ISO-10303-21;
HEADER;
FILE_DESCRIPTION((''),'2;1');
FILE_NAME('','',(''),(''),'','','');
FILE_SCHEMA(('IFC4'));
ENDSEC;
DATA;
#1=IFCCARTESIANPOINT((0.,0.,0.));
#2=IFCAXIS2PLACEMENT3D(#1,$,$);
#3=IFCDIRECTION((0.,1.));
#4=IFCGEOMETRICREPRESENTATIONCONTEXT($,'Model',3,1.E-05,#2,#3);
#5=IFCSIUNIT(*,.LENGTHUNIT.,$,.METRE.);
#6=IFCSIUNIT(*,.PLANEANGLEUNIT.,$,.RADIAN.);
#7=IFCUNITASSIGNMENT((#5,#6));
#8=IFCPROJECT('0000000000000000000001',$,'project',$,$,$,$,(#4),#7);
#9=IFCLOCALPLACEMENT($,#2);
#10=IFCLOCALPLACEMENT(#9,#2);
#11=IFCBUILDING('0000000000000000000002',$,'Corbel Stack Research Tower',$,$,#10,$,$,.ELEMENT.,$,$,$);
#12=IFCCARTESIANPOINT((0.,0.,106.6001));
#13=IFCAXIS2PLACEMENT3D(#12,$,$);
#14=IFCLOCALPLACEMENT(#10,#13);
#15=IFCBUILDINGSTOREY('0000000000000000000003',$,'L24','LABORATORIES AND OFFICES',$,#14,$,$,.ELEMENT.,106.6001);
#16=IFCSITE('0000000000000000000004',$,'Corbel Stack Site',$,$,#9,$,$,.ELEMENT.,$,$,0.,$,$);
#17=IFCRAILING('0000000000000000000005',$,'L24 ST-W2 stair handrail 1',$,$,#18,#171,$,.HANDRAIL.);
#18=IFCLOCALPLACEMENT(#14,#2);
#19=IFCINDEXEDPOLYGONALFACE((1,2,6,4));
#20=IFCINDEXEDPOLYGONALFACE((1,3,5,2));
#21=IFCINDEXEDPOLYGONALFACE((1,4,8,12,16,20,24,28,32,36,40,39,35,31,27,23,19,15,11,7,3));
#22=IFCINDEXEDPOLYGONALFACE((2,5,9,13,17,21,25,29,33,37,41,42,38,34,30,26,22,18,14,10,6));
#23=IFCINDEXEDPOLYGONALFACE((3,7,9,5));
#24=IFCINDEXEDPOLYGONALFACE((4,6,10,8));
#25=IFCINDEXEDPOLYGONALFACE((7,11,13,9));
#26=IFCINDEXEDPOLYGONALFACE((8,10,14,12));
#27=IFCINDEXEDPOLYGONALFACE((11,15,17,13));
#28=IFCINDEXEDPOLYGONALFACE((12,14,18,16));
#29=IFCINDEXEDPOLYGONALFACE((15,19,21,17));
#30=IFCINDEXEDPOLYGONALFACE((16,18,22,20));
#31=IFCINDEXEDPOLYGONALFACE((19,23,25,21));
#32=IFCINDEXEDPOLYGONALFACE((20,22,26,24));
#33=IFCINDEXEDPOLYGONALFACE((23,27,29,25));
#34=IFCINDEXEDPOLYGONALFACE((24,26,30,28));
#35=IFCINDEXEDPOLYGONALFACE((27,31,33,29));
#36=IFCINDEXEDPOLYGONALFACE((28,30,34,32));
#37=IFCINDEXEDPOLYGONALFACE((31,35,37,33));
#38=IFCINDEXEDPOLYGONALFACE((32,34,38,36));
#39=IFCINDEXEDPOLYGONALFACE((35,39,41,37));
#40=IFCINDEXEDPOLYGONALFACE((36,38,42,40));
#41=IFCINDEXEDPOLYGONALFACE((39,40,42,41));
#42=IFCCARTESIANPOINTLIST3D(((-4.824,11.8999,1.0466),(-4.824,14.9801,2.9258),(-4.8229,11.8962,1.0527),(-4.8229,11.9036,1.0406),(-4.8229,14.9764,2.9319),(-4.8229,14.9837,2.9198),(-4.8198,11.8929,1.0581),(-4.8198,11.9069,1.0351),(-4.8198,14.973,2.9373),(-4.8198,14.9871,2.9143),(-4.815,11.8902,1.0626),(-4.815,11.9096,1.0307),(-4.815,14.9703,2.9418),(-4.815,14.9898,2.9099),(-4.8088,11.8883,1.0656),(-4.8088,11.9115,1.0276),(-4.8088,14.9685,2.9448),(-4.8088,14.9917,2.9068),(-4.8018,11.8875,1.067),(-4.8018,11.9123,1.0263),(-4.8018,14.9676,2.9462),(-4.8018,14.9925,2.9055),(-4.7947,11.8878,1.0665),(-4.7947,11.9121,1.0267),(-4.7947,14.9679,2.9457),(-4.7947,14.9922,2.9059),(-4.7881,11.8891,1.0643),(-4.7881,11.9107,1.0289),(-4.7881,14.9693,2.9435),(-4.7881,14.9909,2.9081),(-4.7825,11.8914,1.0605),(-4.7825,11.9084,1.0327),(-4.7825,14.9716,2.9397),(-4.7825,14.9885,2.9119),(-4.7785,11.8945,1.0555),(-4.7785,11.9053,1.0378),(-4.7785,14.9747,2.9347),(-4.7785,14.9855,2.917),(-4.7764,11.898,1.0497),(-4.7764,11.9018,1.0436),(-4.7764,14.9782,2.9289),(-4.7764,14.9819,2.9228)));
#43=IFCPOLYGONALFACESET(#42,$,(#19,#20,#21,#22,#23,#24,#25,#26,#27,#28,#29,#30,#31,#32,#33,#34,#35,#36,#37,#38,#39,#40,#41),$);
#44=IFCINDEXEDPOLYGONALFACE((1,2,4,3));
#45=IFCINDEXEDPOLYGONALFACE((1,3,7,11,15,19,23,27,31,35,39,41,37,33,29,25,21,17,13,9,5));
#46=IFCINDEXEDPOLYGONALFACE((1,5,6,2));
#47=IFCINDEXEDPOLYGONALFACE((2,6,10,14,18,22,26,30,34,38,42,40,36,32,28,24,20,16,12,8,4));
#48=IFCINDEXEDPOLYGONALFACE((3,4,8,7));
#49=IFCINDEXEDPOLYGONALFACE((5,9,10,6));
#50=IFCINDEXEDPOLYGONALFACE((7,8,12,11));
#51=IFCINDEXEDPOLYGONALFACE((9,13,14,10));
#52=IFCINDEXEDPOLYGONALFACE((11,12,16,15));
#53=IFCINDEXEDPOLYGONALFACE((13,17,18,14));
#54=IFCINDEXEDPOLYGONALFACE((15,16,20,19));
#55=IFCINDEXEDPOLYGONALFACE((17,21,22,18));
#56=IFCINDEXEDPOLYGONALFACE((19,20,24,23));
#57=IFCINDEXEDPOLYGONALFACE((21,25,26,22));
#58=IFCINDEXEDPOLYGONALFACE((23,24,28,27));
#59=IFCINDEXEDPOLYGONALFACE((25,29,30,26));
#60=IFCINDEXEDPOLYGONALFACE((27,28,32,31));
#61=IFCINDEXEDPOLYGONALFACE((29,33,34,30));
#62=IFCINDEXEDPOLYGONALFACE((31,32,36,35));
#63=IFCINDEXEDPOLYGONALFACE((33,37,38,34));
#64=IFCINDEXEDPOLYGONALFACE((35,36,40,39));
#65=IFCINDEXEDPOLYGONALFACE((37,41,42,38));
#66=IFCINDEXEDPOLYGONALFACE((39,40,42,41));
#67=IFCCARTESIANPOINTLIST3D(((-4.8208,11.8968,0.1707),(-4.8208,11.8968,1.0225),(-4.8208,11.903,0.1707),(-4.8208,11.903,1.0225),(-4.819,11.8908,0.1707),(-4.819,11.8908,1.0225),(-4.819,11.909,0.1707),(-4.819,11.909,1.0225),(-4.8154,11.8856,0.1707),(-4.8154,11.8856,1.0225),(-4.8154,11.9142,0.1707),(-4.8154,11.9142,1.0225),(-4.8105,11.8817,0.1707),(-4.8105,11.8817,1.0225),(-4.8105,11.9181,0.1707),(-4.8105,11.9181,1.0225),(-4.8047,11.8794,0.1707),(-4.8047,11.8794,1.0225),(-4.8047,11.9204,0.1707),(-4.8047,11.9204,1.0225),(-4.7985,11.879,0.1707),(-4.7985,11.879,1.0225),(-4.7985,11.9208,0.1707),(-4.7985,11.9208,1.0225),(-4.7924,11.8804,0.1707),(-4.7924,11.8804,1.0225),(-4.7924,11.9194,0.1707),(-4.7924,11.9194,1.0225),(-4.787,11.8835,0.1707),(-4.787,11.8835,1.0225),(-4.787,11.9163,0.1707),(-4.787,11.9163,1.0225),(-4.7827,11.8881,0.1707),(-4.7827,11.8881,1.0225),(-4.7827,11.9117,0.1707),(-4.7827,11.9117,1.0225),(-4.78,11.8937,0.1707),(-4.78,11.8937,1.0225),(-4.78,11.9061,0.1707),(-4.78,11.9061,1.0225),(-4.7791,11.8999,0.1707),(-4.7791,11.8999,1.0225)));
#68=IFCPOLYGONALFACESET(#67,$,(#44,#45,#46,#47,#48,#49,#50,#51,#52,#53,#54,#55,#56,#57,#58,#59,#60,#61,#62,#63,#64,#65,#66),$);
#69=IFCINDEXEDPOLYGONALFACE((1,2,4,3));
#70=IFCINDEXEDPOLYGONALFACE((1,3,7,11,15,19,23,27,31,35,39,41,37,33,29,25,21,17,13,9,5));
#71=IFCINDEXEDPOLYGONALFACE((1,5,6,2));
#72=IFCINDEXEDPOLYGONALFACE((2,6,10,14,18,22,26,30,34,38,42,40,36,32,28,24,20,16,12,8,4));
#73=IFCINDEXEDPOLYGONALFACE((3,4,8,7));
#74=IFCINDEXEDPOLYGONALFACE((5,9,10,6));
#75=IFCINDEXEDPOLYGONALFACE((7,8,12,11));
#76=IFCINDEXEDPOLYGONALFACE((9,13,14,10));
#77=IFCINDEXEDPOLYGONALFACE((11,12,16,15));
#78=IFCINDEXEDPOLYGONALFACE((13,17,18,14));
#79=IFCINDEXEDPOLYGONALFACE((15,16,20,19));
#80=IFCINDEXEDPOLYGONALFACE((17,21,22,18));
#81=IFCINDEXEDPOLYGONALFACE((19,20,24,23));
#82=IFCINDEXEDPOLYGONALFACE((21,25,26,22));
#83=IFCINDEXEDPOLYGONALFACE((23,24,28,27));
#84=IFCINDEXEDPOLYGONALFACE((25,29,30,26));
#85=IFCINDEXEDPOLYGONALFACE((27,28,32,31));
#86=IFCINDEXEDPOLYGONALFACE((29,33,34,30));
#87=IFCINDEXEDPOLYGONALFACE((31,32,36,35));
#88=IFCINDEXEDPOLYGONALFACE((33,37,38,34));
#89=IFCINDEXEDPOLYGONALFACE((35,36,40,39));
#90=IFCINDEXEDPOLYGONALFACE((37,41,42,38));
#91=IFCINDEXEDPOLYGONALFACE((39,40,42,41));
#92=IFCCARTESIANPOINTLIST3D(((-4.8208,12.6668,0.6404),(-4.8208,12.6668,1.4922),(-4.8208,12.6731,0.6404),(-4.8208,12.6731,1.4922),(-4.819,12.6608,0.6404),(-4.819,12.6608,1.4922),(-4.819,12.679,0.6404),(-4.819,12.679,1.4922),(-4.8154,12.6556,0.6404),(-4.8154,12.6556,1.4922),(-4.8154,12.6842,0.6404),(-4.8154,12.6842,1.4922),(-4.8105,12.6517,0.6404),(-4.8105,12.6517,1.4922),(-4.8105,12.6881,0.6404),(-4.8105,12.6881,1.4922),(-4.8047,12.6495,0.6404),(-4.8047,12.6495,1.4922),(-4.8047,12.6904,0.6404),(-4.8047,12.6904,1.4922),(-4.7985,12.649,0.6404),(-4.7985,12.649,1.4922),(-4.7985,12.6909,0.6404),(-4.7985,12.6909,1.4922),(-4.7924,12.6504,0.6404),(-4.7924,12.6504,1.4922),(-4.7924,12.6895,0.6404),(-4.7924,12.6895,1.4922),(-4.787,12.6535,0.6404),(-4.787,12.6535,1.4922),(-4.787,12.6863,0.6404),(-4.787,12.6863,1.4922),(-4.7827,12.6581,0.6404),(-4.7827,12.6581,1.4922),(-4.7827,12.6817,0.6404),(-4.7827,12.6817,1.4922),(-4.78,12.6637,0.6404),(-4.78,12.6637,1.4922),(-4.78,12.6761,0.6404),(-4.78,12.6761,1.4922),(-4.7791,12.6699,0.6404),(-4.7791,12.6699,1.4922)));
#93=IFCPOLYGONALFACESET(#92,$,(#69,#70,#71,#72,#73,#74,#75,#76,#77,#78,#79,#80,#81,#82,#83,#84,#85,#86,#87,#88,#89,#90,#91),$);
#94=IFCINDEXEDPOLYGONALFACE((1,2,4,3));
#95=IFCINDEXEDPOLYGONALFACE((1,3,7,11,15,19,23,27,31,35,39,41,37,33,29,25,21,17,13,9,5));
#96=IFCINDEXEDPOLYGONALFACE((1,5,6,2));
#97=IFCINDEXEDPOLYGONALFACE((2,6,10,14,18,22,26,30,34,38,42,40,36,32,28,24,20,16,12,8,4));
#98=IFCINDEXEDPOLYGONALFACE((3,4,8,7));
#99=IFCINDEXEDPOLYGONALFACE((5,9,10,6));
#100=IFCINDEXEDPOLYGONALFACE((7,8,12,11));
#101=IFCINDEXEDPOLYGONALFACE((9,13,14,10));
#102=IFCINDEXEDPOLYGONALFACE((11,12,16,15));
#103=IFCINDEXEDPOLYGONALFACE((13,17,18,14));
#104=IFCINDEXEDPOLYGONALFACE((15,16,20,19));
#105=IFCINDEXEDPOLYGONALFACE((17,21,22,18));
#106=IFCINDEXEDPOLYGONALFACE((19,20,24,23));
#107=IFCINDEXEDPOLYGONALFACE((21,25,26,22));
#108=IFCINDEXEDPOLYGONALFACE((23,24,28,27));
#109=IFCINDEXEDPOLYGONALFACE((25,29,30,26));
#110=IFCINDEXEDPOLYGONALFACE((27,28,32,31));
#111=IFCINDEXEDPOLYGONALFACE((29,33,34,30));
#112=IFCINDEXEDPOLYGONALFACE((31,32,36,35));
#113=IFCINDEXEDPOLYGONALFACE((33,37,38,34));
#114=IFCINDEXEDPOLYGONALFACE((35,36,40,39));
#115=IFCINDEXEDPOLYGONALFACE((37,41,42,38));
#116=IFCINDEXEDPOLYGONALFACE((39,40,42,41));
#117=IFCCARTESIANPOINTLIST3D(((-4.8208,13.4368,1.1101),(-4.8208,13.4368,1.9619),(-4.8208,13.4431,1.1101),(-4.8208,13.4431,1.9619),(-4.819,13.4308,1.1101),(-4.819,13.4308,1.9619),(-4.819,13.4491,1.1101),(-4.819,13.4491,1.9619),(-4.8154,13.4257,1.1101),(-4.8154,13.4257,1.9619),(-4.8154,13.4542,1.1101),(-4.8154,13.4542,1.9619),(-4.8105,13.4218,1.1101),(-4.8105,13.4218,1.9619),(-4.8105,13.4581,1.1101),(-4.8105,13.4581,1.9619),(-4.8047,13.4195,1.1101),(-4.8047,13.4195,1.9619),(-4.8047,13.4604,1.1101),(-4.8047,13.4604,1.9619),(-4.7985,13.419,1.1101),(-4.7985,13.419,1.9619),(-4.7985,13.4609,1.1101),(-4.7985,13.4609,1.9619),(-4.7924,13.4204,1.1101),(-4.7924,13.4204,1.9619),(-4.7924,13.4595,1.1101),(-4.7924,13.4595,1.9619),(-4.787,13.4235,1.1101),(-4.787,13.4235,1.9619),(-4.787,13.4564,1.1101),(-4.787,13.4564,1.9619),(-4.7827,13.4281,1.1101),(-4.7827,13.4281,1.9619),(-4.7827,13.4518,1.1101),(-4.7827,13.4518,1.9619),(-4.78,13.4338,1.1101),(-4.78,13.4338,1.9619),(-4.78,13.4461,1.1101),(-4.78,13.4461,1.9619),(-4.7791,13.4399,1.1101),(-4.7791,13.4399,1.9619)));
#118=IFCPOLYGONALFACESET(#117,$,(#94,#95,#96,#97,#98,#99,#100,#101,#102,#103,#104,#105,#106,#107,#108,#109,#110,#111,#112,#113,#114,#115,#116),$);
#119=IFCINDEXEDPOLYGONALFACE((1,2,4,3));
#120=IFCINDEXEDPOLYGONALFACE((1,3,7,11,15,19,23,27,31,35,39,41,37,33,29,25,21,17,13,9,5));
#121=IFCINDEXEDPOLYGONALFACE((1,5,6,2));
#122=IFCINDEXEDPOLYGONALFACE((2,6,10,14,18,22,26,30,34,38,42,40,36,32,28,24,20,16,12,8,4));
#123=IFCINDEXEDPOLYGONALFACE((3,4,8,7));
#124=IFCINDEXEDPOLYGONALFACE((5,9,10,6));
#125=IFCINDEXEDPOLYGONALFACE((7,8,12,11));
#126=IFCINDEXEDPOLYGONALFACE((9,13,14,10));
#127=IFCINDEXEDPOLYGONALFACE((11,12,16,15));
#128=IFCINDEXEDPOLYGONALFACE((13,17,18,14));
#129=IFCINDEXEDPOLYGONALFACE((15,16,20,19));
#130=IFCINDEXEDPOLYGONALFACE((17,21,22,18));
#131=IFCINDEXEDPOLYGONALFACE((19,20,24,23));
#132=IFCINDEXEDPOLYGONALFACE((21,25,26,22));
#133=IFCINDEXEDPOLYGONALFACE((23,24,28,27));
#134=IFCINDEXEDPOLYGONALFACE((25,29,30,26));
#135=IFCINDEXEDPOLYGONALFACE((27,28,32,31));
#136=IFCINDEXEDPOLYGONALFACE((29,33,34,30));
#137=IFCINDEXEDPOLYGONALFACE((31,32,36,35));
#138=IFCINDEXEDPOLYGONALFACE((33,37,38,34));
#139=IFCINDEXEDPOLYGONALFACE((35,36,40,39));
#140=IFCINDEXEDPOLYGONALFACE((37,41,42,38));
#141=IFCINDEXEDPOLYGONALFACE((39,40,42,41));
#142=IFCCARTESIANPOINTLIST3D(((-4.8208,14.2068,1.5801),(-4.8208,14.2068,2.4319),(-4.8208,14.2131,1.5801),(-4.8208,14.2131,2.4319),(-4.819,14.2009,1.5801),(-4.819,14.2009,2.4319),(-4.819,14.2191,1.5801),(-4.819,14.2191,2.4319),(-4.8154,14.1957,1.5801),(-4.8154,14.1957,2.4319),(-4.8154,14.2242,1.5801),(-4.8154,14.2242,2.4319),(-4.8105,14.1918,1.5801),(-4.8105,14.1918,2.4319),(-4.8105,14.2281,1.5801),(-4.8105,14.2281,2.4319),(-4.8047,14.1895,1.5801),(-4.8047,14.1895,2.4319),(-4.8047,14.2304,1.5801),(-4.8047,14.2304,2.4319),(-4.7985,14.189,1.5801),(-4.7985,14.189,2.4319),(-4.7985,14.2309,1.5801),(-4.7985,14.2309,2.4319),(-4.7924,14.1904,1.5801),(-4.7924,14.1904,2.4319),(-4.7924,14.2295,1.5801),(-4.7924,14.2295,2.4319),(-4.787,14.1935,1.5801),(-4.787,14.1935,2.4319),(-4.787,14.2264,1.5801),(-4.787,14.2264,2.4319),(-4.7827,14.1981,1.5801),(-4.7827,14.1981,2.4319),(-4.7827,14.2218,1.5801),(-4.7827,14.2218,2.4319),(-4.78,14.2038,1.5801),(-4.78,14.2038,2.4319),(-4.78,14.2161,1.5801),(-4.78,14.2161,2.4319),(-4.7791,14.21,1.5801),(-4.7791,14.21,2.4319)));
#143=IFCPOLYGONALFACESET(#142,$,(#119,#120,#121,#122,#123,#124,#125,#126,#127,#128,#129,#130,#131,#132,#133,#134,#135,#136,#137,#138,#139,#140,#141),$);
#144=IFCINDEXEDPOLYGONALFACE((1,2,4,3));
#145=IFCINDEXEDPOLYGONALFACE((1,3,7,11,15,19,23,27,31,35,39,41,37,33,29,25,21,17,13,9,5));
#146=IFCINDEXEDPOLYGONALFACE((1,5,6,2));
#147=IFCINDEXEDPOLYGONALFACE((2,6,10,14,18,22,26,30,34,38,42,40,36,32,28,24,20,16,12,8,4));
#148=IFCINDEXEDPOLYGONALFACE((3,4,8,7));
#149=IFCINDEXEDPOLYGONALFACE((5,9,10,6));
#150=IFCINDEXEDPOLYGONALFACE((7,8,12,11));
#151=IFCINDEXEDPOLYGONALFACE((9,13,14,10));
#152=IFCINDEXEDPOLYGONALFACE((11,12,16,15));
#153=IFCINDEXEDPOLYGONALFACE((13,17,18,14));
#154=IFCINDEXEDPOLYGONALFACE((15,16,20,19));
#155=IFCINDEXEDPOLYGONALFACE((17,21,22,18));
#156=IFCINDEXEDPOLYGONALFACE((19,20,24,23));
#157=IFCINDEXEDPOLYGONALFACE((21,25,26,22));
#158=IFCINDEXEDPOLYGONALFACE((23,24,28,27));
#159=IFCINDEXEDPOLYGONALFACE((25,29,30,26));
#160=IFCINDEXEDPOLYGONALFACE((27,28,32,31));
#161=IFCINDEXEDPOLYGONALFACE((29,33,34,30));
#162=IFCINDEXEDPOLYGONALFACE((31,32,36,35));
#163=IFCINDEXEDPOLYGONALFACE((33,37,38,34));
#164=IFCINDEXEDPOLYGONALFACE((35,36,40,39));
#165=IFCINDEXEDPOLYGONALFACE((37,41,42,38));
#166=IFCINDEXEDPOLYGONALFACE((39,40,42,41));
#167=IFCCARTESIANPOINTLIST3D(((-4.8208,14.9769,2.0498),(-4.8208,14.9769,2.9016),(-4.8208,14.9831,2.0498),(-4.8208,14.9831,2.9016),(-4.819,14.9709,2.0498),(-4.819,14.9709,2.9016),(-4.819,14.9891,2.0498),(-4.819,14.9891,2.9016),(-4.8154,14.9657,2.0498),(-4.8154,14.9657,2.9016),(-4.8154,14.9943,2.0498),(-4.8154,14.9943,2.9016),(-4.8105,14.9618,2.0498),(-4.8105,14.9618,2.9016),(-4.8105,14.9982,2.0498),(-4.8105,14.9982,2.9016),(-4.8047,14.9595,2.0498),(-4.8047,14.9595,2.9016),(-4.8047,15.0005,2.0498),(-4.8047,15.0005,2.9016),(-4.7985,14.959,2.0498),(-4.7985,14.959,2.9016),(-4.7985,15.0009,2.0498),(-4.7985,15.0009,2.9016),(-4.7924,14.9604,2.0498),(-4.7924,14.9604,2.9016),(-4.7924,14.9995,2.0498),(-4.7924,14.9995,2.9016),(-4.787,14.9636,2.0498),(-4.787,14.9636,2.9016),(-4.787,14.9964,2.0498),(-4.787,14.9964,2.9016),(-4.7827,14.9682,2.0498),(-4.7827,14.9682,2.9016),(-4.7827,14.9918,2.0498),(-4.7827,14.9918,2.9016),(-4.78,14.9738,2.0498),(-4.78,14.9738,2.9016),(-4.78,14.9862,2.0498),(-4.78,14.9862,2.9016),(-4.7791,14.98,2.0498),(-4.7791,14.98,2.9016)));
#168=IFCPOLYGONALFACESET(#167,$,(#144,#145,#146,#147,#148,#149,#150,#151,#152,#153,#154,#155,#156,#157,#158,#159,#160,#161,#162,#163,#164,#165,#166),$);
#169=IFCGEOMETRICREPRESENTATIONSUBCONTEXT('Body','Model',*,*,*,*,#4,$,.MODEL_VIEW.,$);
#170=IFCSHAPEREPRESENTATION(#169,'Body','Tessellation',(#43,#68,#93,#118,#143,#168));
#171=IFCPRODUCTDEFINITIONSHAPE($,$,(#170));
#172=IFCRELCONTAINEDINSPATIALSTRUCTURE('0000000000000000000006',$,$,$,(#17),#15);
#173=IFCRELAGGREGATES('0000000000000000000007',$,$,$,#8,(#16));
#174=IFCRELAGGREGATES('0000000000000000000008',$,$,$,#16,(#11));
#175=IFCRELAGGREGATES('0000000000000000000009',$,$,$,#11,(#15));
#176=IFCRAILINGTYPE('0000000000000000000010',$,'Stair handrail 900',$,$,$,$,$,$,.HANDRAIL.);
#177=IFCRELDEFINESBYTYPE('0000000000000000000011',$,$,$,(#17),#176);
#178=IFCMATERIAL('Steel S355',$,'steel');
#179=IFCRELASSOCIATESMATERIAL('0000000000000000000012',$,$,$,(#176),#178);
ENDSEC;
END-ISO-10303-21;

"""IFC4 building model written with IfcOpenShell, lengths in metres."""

from ifc_helpers import new_model, si_unit, direction, frame, origin, origin_2d, place, context, subcontext, project, spatial, circle, extrude, material, type_object, element, save


model = new_model("IFC4")

# Units and contexts
model_context = context("Model", 3, precision=1e-05, world=origin(), true_north=direction((0.0, 1.0)))
body_context = subcontext(model_context, "Body", "Model", "MODEL_VIEW")
ifc_project = project(units=[si_unit("LENGTHUNIT", "METRE"), si_unit("PLANEANGLEUNIT", "RADIAN")], contexts=[model_context])

# Site, building, storey
site_placement = place(None, origin())
site = spatial("IfcSite", under=ifc_project, at=site_placement, Name="Corbel Stack Site", CompositionType="ELEMENT", RefElevation=0.0)
building_placement = place(site_placement, origin())
building = spatial("IfcBuilding", under=site, at=building_placement, Name="Corbel Stack Research Tower", CompositionType="ELEMENT")
storey_placement = place(building_placement, frame((0.0, 0.0, 106.6001)))
storey = spatial("IfcBuildingStorey", under=building, at=storey_placement, Name="L24", Description="LABORATORIES AND OFFICES", CompositionType="ELEMENT", Elevation=106.6001)

# Railing
ifc_material_1 = material(Name="Steel S355", Category="steel")
railing_type_1 = type_object("IfcRailingType", Name="Stair handrail 900", PredefinedType="HANDRAIL", material=ifc_material_1)
railing_1_placement = place(storey_placement, frame((-4.8, 11.8999, 0.1707)))
element("IfcRailing", 1, at=railing_1_placement, inside=storey, type_object=railing_type_1, Name="L24 ST-W2 stair handrail 1", PredefinedType="HANDRAIL", context=body_context, shape_type="SweptSolid", body=[
    extrude(circle(Radius=0.0239, at=origin_2d()), frame((0.0, 0.0, 0.876), z_axis=(0.0, 0.853666, 0.52082), x_axis=(-1.0, 0.0, 0.0)), (0.0, 0.0, 1.0), 3.6082),
    extrude(circle(Radius=0.021, at=origin_2d()), origin(), (0.0, 0.0, 1.0), 0.8518),
    extrude(circle(Radius=0.021, at=origin_2d()), frame((0.0, 0.77, 0.4697)), (0.0, 0.0, 1.0), 0.8518),
    extrude(circle(Radius=0.021, at=origin_2d()), frame((0.0, 1.54, 0.9395)), (0.0, 0.0, 1.0), 0.8518),
    extrude(circle(Radius=0.021, at=origin_2d()), frame((0.0, 2.3101, 1.4094)), (0.0, 0.0, 1.0), 0.8518),
    extrude(circle(Radius=0.021, at=origin_2d()), frame((0.0, 3.0801, 1.8792)), (0.0, 0.0, 1.0), 0.8518),
])

save(model, "model.ifc")
